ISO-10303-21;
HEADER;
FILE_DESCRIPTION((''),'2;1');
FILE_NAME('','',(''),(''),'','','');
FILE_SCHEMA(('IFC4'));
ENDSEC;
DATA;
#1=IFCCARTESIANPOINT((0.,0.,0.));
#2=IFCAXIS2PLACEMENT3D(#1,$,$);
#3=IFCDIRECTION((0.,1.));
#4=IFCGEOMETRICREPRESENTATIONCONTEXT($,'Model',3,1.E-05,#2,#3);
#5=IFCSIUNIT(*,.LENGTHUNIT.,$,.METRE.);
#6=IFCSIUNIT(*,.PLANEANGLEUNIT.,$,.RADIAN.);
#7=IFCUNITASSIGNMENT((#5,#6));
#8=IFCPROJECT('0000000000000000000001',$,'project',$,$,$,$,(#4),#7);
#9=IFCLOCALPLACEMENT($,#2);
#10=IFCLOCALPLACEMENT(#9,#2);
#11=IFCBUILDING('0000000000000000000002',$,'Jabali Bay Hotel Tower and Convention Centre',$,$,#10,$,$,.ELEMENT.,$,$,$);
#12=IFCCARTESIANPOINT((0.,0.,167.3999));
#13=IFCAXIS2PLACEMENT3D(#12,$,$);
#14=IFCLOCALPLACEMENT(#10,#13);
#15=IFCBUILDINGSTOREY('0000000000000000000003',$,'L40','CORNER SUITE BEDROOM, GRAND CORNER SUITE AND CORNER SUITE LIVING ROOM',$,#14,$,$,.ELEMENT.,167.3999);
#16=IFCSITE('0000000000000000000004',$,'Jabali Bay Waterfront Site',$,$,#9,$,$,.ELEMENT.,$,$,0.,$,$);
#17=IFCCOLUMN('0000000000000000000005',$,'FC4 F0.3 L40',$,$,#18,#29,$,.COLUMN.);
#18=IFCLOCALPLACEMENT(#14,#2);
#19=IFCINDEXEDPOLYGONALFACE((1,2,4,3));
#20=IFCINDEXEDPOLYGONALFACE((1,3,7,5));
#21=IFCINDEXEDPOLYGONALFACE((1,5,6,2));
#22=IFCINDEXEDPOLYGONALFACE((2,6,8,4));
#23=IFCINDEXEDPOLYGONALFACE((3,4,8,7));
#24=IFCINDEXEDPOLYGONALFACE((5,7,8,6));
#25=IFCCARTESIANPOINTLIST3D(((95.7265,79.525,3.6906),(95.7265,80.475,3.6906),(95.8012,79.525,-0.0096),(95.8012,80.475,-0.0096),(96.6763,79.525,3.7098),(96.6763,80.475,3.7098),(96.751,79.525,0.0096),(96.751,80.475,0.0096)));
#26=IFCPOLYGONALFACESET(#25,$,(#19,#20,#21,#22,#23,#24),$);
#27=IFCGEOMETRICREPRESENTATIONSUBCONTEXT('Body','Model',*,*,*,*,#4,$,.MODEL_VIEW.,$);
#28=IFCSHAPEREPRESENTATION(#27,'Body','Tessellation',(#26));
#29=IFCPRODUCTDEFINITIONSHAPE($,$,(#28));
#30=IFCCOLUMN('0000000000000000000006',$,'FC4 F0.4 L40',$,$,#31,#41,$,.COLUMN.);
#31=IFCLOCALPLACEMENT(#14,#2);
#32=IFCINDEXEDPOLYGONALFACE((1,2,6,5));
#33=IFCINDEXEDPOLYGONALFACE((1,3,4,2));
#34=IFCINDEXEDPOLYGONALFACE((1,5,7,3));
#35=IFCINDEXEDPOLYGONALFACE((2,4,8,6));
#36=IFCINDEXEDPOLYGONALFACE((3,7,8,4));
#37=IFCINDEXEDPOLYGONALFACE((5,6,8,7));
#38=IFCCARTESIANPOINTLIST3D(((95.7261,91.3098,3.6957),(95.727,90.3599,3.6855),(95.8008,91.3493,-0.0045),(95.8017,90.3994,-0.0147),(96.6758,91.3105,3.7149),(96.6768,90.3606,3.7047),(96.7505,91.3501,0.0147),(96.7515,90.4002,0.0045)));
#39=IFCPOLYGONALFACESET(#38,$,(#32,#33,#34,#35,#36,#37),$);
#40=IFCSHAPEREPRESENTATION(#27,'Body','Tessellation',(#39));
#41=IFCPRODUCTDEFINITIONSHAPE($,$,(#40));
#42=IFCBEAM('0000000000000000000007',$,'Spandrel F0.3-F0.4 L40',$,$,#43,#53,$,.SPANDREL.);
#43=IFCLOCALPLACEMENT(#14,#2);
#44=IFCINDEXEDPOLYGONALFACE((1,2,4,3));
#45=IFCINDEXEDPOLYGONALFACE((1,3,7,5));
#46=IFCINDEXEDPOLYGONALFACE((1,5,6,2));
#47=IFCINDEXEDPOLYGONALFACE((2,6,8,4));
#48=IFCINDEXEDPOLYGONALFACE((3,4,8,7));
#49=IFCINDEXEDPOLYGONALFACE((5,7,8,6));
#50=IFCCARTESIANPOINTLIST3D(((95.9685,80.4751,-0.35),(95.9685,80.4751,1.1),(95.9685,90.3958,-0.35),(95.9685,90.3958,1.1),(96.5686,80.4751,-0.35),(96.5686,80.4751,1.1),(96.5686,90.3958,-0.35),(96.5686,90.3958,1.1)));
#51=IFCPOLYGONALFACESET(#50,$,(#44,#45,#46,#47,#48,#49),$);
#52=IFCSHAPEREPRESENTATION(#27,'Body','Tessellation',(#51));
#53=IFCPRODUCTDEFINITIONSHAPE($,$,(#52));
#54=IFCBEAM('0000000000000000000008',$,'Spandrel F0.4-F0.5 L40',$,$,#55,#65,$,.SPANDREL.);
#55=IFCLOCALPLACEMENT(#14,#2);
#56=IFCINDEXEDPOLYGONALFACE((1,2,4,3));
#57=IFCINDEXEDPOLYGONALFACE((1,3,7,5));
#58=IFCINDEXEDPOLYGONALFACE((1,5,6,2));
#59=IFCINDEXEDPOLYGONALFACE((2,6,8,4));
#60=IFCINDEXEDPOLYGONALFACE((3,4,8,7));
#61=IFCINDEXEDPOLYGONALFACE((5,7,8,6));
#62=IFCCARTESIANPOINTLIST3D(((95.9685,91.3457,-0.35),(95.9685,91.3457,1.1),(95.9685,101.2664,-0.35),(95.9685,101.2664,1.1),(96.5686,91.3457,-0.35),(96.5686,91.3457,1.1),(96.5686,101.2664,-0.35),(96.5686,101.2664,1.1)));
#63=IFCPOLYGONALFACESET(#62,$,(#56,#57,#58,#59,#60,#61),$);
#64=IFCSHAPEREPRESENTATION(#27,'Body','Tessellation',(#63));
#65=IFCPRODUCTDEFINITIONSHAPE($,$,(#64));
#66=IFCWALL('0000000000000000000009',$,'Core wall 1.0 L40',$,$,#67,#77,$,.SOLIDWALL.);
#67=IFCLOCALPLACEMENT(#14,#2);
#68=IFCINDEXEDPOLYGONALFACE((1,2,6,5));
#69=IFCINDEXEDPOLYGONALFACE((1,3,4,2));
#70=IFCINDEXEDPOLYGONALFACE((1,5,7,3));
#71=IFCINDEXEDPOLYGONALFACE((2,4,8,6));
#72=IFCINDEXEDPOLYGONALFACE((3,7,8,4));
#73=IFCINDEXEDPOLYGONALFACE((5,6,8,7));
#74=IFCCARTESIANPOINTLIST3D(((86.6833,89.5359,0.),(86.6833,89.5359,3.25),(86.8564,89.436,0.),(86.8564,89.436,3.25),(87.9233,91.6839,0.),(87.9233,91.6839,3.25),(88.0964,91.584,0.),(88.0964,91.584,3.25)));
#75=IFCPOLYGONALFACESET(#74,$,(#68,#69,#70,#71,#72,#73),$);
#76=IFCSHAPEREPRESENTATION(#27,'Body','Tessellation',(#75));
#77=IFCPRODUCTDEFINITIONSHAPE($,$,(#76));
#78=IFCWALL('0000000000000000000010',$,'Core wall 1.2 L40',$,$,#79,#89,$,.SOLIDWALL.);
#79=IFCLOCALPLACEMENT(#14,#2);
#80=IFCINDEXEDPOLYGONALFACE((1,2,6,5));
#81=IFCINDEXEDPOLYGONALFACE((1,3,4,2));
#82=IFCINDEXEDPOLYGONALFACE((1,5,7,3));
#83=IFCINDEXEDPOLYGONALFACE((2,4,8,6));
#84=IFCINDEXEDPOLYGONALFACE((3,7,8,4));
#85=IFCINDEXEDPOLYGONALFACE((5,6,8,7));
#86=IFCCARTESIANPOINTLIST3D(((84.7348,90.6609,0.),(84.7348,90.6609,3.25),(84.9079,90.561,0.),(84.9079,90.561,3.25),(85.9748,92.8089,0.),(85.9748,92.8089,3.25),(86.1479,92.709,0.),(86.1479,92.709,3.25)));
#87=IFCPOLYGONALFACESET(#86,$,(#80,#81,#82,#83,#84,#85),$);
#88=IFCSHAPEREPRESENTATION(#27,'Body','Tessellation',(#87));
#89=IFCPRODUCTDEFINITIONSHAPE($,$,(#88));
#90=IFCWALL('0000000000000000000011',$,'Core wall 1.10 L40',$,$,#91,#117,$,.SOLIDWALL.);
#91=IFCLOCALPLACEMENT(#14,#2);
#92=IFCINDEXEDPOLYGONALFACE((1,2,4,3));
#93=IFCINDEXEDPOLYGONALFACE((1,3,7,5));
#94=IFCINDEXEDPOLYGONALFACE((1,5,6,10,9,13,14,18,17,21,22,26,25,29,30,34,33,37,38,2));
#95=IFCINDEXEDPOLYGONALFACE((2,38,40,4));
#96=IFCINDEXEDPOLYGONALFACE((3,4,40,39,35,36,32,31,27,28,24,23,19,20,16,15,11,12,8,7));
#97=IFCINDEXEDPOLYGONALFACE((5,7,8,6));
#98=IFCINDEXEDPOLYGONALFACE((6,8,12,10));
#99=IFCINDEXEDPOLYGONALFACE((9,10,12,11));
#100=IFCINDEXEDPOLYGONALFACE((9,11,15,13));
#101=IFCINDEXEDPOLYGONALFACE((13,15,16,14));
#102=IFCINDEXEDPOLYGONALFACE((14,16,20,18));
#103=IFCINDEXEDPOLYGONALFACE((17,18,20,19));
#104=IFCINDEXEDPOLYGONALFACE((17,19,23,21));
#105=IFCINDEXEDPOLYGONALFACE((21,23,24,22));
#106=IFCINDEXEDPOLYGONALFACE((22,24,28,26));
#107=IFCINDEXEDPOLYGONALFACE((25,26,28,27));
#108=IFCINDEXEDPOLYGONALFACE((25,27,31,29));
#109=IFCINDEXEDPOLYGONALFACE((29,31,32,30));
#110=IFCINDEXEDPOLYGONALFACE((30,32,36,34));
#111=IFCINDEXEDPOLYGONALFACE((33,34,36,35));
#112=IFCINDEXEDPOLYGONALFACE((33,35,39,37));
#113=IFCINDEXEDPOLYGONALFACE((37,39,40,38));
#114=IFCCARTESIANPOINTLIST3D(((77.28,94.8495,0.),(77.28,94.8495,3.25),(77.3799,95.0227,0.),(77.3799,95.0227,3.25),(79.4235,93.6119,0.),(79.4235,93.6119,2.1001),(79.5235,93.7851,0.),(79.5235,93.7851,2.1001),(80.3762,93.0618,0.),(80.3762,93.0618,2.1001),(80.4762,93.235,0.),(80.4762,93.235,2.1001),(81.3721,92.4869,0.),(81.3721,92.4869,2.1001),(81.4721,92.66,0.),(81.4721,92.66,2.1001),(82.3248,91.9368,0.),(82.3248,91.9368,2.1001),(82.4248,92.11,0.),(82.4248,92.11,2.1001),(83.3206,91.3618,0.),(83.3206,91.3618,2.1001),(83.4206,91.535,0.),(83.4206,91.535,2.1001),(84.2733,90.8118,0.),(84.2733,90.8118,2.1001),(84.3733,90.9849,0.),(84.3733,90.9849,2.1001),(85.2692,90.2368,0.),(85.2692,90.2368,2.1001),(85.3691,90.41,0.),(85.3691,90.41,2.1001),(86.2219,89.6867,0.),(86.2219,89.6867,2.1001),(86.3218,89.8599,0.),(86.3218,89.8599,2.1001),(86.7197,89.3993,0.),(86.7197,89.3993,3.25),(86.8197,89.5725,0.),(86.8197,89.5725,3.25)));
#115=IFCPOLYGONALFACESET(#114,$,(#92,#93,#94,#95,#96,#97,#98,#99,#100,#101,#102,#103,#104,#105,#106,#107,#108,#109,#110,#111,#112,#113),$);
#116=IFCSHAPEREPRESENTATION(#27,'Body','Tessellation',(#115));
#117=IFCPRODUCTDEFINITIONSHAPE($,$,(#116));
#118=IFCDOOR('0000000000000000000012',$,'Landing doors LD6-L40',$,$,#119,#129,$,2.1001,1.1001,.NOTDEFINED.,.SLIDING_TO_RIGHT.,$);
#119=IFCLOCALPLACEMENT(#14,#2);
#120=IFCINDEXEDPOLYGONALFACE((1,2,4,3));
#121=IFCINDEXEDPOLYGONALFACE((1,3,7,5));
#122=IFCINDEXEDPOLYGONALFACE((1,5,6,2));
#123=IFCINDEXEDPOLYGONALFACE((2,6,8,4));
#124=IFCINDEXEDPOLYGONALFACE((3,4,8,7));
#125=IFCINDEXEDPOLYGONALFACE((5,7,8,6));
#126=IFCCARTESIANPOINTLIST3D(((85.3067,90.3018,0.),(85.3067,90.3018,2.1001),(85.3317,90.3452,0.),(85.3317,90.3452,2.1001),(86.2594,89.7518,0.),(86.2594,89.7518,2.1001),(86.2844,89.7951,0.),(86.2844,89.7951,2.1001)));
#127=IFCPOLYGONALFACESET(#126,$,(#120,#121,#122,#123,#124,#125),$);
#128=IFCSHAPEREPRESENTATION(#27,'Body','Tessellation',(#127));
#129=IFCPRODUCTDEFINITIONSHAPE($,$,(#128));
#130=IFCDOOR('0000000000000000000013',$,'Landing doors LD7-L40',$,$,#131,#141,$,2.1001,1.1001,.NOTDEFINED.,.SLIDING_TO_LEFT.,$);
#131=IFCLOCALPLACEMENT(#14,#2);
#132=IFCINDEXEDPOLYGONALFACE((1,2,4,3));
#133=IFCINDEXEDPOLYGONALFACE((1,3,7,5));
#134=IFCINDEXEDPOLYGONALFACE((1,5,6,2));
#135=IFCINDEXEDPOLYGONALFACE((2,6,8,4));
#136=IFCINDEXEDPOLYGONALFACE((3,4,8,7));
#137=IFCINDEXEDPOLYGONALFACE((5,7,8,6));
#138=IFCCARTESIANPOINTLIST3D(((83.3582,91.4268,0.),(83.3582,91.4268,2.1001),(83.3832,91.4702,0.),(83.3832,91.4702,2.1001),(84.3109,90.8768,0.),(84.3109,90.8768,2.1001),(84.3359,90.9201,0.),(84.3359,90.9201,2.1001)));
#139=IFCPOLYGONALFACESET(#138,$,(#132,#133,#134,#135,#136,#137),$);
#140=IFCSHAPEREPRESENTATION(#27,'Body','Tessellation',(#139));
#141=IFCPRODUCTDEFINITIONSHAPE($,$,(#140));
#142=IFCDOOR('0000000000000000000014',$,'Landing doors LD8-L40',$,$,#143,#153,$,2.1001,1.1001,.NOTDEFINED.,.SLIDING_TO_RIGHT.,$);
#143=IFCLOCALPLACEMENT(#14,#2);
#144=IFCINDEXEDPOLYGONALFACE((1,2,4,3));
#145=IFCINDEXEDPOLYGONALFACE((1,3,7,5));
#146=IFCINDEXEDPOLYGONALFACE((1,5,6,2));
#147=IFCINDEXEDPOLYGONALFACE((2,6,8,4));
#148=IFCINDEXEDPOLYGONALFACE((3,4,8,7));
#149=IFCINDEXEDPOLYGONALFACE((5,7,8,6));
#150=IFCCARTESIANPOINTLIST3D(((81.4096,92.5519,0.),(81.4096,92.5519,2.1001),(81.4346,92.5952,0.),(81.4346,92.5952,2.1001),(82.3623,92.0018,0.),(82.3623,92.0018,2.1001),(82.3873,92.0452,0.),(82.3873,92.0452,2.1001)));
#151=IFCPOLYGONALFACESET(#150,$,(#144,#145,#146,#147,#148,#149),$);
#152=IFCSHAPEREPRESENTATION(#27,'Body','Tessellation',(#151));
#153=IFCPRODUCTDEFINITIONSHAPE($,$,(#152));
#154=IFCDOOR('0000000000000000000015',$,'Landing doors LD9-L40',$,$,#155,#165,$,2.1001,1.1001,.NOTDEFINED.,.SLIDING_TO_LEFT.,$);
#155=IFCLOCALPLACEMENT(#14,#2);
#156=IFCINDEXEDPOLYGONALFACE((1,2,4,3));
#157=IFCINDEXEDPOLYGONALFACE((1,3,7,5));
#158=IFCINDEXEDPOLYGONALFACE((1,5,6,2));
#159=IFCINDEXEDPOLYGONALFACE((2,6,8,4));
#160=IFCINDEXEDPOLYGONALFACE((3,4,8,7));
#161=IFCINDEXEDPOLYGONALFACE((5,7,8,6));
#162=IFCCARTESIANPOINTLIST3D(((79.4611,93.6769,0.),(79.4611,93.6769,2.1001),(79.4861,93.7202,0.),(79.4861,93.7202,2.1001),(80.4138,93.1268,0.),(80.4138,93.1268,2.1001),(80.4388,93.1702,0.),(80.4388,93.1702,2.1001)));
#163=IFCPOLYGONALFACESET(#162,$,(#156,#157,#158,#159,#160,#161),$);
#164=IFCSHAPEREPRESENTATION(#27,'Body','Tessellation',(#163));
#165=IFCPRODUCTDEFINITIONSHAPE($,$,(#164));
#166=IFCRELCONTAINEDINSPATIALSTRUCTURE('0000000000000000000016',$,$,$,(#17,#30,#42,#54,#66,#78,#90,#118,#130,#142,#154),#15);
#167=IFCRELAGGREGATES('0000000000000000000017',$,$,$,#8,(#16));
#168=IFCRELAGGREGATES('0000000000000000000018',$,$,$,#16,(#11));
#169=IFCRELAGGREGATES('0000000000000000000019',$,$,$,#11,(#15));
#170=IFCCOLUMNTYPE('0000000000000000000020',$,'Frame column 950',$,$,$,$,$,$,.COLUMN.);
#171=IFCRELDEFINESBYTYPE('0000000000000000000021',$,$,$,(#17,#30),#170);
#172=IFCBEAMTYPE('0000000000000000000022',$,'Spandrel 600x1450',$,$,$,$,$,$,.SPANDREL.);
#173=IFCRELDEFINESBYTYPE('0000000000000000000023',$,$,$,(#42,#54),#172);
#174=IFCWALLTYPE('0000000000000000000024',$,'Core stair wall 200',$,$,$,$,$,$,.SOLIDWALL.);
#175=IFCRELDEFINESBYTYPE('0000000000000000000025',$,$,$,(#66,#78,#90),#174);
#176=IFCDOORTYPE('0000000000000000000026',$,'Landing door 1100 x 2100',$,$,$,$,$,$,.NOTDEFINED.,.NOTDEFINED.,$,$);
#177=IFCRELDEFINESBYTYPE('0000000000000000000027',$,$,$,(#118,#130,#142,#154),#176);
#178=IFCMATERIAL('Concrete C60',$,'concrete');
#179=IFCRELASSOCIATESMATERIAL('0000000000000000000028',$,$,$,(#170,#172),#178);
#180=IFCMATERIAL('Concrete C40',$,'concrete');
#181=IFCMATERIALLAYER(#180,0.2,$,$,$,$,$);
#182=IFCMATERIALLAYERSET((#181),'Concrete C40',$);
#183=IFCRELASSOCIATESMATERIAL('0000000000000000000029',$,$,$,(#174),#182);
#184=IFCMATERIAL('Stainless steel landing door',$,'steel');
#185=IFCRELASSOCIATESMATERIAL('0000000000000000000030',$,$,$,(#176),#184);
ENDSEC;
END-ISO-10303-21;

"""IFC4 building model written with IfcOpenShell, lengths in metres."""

from ifc_helpers import new_model, si_unit, direction, frame, frame_2d, origin, origin_2d, place, context, subcontext, project, spatial, rectangle, extrude, material, layer, layer_set, material_profile, profile_set, type_object, element, fill, save


model = new_model("IFC4")

# Units and contexts
model_context = context("Model", 3, precision=1e-05, world=origin(), true_north=direction((0.0, 1.0)))
body_context = subcontext(model_context, "Body", "Model", "MODEL_VIEW")
ifc_project = project(units=[si_unit("LENGTHUNIT", "METRE"), si_unit("PLANEANGLEUNIT", "RADIAN")], contexts=[model_context])

# Site, building, storey
site_placement = place(None, origin())
site = spatial("IfcSite", under=ifc_project, at=site_placement, Name="Jabali Bay Waterfront Site", CompositionType="ELEMENT", RefElevation=0.0)
building_placement = place(site_placement, origin())
building = spatial("IfcBuilding", under=site, at=building_placement, Name="Jabali Bay Hotel Tower and Convention Centre", CompositionType="ELEMENT")
storey_placement = place(building_placement, frame((0.0, 0.0, 167.3999)))
storey = spatial("IfcBuildingStorey", under=building, at=storey_placement, Name="L40", Description="CORNER SUITE BEDROOM, GRAND CORNER SUITE AND CORNER SUITE LIVING ROOM", CompositionType="ELEMENT", Elevation=167.3999)

# Columns
ifc_material_1 = material(Name="Concrete C60", Category="concrete")
ifc_material_profile_1 = material_profile(ifc_material_1, rectangle(XDim=0.95, YDim=0.95, at=origin_2d()), Name="Frame column 950")
ifc_profile_set_1 = profile_set([ifc_material_profile_1], Name="Concrete C60")
column_type = type_object("IfcColumnType", Name="Frame column 950", PredefinedType="COLUMN", material=ifc_profile_set_1)
column_1_placement = place(storey_placement, frame((96.2761, 80.0, 0.0), z_axis=(-0.020186, 0.0, 0.999796), x_axis=(0.0, -1.0, 0.0)))
element("IfcColumn", 1, at=column_1_placement, inside=storey, type_object=column_type, Name="FC4 F0.3 L40", PredefinedType="COLUMN", context=body_context, shape_type="SweptSolid", body=[
    extrude(rectangle(XDim=0.95, YDim=0.95, at=origin_2d()), origin(), (0.0, 0.0, 1.0), 3.7009),
])
column_2_placement = place(storey_placement, frame((96.2761, 90.8748, 0.0), z_axis=(-0.020185, -0.010686, 0.999739), x_axis=(0.999796, 0.000797, 0.020194)))
element("IfcColumn", 2, at=column_2_placement, inside=storey, type_object=column_type, Name="FC4 F0.4 L40", PredefinedType="COLUMN", context=body_context, shape_type="SweptSolid", body=[
    extrude(rectangle(XDim=0.95, YDim=0.95, at=origin_2d()), origin(), (0.0, 0.0, 1.0), 3.7012),
])

# Beams
ifc_material_profile_2 = material_profile(ifc_material_1, rectangle(XDim=0.6001, YDim=1.45, at=origin_2d()), Name="Spandrel 600x1450")
ifc_profile_set_2 = profile_set([ifc_material_profile_2], Name="Concrete C60")
beam_type = type_object("IfcBeamType", Name="Spandrel 600x1450", PredefinedType="SPANDREL", material=ifc_profile_set_2)
for number, where, z_axis, x_axis, name in (
    (3, (96.2686, 80.4751, 0.375), (0.0, 1.0, 0.0), (-1.0, 0.0, 0.0), "Spandrel F0.3-F0.4 L40"),
    (4, (96.2686, 91.3457, 0.375), (0.0, 1.0, 0.0), (-1.0, 0.0, 0.0), "Spandrel F0.4-F0.5 L40"),
):
    element("IfcBeam", number, at=place(storey_placement, frame(where, z_axis=z_axis, x_axis=x_axis)), inside=storey, type_object=beam_type, Name=name, PredefinedType="SPANDREL", context=body_context, shape_type="SweptSolid", body=[
        extrude(rectangle(XDim=0.6001, YDim=1.45, at=origin_2d()), origin(), (0.0, 0.0, 1.0), 9.9207),
    ])

# Walls
ifc_material_2 = material(Name="Concrete C40", Category="concrete")
ifc_layer_1 = layer(ifc_material_2, 0.2)
ifc_layer_set_1 = layer_set([ifc_layer_1], Name="Concrete C40")
wall_type_1 = type_object("IfcWallType", Name="Core stair wall 200", PredefinedType="SOLIDWALL", material=ifc_layer_set_1)
for number, where, z_axis, x_axis, name in (
    (5, (86.7698, 89.4858, 0.0), (0.0, 0.0, 1.0), (0.499961, 0.866048, 0.0), "Core wall 1.0 L40"),
    (6, (84.8213, 90.6108, 0.0), (0.0, 0.0, 1.0), (0.499961, 0.866048, 0.0), "Core wall 1.2 L40"),
):
    element("IfcWall", number, at=place(storey_placement, frame(where, z_axis=z_axis, x_axis=x_axis)), inside=storey, type_object=wall_type_1, Name=name, PredefinedType="SOLIDWALL", context=body_context, shape_type="SweptSolid", body=[
        extrude(rectangle(XDim=2.4802, YDim=0.2, at=frame_2d((1.2402, 0.0))), origin(), (0.0, 0.0, 1.0), 3.25),
    ])

# Wall, openings, doors
wall_1_placement = place(storey_placement, frame((86.7698, 89.4858, 0.0), z_axis=(0.0, 0.0, 1.0), x_axis=(-0.866018, 0.500013, 0.0)))
wall_1 = element("IfcWall", 7, at=wall_1_placement, inside=storey, type_object=wall_type_1, Name="Core wall 1.10 L40", PredefinedType="SOLIDWALL", context=body_context, shape_type="SweptSolid", body=[
    extrude(rectangle(XDim=10.9001, YDim=0.2, at=frame_2d((5.4502, 0.0))), origin(), (0.0, 0.0, 1.0), 3.25),
])
opening_1_placement = place(wall_1_placement, frame((0.575, 0.0, 0.0)))
opening_1 = element("IfcOpeningElement", 8, at=opening_1_placement, cuts=wall_1, PredefinedType="OPENING", context=body_context, shape_type="SweptSolid", body=[
    extrude(rectangle(XDim=1.1001, YDim=2.1001, at=frame_2d((0.55, 1.05))), frame((0.0, 0.1104, 0.0), z_axis=(0.0, -1.0, 0.0), x_axis=(1.0, 0.0, 0.0)), (0.0, 0.0, 1.0), 0.2209),
])
opening_2_placement = place(wall_1_placement, frame((2.825, 0.0, 0.0)))
opening_2 = element("IfcOpeningElement", 9, at=opening_2_placement, cuts=wall_1, PredefinedType="OPENING", context=body_context, shape_type="SweptSolid", body=[
    extrude(rectangle(XDim=1.1001, YDim=2.1001, at=frame_2d((0.55, 1.05))), frame((0.0, 0.1104, 0.0), z_axis=(0.0, -1.0, 0.0), x_axis=(1.0, 0.0, 0.0)), (0.0, 0.0, 1.0), 0.2209),
])
opening_3_placement = place(wall_1_placement, frame((5.075, 0.0, 0.0)))
opening_3 = element("IfcOpeningElement", 10, at=opening_3_placement, cuts=wall_1, PredefinedType="OPENING", context=body_context, shape_type="SweptSolid", body=[
    extrude(rectangle(XDim=1.1001, YDim=2.1001, at=frame_2d((0.55, 1.05))), frame((0.0, 0.1104, 0.0), z_axis=(0.0, -1.0, 0.0), x_axis=(1.0, 0.0, 0.0)), (0.0, 0.0, 1.0), 0.2209),
])
opening_4_placement = place(wall_1_placement, frame((7.325, 0.0, 0.0)))
opening_4 = element("IfcOpeningElement", 11, at=opening_4_placement, cuts=wall_1, PredefinedType="OPENING", context=body_context, shape_type="SweptSolid", body=[
    extrude(rectangle(XDim=1.1001, YDim=2.1001, at=frame_2d((0.55, 1.05))), frame((0.0, 0.1104, 0.0), z_axis=(0.0, -1.0, 0.0), x_axis=(1.0, 0.0, 0.0)), (0.0, 0.0, 1.0), 0.2209),
])
ifc_material_3 = material(Name="Stainless steel landing door", Category="steel")
door_type_1 = type_object("IfcDoorType", Name="Landing door 1100 x 2100", OperationType="NOTDEFINED", PredefinedType="NOTDEFINED", material=ifc_material_3)
door_1_placement = place(opening_1_placement, origin())
door_1 = element("IfcDoor", 12, at=door_1_placement, inside=storey, type_object=door_type_1, Name="Landing doors LD6-L40", OperationType="SLIDING_TO_RIGHT", OverallHeight=2.1001, OverallWidth=1.1001, PredefinedType="NOTDEFINED", context=body_context, shape_type="SweptSolid", body=[
    extrude(rectangle(XDim=1.1001, YDim=2.1001, at=frame_2d((0.55, 1.05))), frame((0.0, 0.0249, 0.0), z_axis=(0.0, -1.0, 0.0), x_axis=(1.0, 0.0, 0.0)), (0.0, 0.0, 1.0), 0.05),
])
fill(opening_1, door_1)
door_2_placement = place(opening_2_placement, origin())
door_2 = element("IfcDoor", 13, at=door_2_placement, inside=storey, type_object=door_type_1, Name="Landing doors LD7-L40", OperationType="SLIDING_TO_LEFT", OverallHeight=2.1001, OverallWidth=1.1001, PredefinedType="NOTDEFINED", context=body_context, shape_type="SweptSolid", body=[
    extrude(rectangle(XDim=1.1001, YDim=2.1001, at=frame_2d((0.55, 1.05))), frame((0.0, 0.0249, 0.0), z_axis=(0.0, -1.0, 0.0), x_axis=(1.0, 0.0, 0.0)), (0.0, 0.0, 1.0), 0.05),
])
fill(opening_2, door_2)
door_3_placement = place(opening_3_placement, origin())
door_3 = element("IfcDoor", 14, at=door_3_placement, inside=storey, type_object=door_type_1, Name="Landing doors LD8-L40", OperationType="SLIDING_TO_RIGHT", OverallHeight=2.1001, OverallWidth=1.1001, PredefinedType="NOTDEFINED", context=body_context, shape_type="SweptSolid", body=[
    extrude(rectangle(XDim=1.1001, YDim=2.1001, at=frame_2d((0.55, 1.05))), frame((0.0, 0.0249, 0.0), z_axis=(0.0, -1.0, 0.0), x_axis=(1.0, 0.0, 0.0)), (0.0, 0.0, 1.0), 0.05),
])
fill(opening_3, door_3)
door_4_placement = place(opening_4_placement, origin())
door_4 = element("IfcDoor", 15, at=door_4_placement, inside=storey, type_object=door_type_1, Name="Landing doors LD9-L40", OperationType="SLIDING_TO_LEFT", OverallHeight=2.1001, OverallWidth=1.1001, PredefinedType="NOTDEFINED", context=body_context, shape_type="SweptSolid", body=[
    extrude(rectangle(XDim=1.1001, YDim=2.1001, at=frame_2d((0.55, 1.05))), frame((0.0, 0.0249, 0.0), z_axis=(0.0, -1.0, 0.0), x_axis=(1.0, 0.0, 0.0)), (0.0, 0.0, 1.0), 0.05),
])
fill(opening_4, door_4)

save(model, "model.ifc")
